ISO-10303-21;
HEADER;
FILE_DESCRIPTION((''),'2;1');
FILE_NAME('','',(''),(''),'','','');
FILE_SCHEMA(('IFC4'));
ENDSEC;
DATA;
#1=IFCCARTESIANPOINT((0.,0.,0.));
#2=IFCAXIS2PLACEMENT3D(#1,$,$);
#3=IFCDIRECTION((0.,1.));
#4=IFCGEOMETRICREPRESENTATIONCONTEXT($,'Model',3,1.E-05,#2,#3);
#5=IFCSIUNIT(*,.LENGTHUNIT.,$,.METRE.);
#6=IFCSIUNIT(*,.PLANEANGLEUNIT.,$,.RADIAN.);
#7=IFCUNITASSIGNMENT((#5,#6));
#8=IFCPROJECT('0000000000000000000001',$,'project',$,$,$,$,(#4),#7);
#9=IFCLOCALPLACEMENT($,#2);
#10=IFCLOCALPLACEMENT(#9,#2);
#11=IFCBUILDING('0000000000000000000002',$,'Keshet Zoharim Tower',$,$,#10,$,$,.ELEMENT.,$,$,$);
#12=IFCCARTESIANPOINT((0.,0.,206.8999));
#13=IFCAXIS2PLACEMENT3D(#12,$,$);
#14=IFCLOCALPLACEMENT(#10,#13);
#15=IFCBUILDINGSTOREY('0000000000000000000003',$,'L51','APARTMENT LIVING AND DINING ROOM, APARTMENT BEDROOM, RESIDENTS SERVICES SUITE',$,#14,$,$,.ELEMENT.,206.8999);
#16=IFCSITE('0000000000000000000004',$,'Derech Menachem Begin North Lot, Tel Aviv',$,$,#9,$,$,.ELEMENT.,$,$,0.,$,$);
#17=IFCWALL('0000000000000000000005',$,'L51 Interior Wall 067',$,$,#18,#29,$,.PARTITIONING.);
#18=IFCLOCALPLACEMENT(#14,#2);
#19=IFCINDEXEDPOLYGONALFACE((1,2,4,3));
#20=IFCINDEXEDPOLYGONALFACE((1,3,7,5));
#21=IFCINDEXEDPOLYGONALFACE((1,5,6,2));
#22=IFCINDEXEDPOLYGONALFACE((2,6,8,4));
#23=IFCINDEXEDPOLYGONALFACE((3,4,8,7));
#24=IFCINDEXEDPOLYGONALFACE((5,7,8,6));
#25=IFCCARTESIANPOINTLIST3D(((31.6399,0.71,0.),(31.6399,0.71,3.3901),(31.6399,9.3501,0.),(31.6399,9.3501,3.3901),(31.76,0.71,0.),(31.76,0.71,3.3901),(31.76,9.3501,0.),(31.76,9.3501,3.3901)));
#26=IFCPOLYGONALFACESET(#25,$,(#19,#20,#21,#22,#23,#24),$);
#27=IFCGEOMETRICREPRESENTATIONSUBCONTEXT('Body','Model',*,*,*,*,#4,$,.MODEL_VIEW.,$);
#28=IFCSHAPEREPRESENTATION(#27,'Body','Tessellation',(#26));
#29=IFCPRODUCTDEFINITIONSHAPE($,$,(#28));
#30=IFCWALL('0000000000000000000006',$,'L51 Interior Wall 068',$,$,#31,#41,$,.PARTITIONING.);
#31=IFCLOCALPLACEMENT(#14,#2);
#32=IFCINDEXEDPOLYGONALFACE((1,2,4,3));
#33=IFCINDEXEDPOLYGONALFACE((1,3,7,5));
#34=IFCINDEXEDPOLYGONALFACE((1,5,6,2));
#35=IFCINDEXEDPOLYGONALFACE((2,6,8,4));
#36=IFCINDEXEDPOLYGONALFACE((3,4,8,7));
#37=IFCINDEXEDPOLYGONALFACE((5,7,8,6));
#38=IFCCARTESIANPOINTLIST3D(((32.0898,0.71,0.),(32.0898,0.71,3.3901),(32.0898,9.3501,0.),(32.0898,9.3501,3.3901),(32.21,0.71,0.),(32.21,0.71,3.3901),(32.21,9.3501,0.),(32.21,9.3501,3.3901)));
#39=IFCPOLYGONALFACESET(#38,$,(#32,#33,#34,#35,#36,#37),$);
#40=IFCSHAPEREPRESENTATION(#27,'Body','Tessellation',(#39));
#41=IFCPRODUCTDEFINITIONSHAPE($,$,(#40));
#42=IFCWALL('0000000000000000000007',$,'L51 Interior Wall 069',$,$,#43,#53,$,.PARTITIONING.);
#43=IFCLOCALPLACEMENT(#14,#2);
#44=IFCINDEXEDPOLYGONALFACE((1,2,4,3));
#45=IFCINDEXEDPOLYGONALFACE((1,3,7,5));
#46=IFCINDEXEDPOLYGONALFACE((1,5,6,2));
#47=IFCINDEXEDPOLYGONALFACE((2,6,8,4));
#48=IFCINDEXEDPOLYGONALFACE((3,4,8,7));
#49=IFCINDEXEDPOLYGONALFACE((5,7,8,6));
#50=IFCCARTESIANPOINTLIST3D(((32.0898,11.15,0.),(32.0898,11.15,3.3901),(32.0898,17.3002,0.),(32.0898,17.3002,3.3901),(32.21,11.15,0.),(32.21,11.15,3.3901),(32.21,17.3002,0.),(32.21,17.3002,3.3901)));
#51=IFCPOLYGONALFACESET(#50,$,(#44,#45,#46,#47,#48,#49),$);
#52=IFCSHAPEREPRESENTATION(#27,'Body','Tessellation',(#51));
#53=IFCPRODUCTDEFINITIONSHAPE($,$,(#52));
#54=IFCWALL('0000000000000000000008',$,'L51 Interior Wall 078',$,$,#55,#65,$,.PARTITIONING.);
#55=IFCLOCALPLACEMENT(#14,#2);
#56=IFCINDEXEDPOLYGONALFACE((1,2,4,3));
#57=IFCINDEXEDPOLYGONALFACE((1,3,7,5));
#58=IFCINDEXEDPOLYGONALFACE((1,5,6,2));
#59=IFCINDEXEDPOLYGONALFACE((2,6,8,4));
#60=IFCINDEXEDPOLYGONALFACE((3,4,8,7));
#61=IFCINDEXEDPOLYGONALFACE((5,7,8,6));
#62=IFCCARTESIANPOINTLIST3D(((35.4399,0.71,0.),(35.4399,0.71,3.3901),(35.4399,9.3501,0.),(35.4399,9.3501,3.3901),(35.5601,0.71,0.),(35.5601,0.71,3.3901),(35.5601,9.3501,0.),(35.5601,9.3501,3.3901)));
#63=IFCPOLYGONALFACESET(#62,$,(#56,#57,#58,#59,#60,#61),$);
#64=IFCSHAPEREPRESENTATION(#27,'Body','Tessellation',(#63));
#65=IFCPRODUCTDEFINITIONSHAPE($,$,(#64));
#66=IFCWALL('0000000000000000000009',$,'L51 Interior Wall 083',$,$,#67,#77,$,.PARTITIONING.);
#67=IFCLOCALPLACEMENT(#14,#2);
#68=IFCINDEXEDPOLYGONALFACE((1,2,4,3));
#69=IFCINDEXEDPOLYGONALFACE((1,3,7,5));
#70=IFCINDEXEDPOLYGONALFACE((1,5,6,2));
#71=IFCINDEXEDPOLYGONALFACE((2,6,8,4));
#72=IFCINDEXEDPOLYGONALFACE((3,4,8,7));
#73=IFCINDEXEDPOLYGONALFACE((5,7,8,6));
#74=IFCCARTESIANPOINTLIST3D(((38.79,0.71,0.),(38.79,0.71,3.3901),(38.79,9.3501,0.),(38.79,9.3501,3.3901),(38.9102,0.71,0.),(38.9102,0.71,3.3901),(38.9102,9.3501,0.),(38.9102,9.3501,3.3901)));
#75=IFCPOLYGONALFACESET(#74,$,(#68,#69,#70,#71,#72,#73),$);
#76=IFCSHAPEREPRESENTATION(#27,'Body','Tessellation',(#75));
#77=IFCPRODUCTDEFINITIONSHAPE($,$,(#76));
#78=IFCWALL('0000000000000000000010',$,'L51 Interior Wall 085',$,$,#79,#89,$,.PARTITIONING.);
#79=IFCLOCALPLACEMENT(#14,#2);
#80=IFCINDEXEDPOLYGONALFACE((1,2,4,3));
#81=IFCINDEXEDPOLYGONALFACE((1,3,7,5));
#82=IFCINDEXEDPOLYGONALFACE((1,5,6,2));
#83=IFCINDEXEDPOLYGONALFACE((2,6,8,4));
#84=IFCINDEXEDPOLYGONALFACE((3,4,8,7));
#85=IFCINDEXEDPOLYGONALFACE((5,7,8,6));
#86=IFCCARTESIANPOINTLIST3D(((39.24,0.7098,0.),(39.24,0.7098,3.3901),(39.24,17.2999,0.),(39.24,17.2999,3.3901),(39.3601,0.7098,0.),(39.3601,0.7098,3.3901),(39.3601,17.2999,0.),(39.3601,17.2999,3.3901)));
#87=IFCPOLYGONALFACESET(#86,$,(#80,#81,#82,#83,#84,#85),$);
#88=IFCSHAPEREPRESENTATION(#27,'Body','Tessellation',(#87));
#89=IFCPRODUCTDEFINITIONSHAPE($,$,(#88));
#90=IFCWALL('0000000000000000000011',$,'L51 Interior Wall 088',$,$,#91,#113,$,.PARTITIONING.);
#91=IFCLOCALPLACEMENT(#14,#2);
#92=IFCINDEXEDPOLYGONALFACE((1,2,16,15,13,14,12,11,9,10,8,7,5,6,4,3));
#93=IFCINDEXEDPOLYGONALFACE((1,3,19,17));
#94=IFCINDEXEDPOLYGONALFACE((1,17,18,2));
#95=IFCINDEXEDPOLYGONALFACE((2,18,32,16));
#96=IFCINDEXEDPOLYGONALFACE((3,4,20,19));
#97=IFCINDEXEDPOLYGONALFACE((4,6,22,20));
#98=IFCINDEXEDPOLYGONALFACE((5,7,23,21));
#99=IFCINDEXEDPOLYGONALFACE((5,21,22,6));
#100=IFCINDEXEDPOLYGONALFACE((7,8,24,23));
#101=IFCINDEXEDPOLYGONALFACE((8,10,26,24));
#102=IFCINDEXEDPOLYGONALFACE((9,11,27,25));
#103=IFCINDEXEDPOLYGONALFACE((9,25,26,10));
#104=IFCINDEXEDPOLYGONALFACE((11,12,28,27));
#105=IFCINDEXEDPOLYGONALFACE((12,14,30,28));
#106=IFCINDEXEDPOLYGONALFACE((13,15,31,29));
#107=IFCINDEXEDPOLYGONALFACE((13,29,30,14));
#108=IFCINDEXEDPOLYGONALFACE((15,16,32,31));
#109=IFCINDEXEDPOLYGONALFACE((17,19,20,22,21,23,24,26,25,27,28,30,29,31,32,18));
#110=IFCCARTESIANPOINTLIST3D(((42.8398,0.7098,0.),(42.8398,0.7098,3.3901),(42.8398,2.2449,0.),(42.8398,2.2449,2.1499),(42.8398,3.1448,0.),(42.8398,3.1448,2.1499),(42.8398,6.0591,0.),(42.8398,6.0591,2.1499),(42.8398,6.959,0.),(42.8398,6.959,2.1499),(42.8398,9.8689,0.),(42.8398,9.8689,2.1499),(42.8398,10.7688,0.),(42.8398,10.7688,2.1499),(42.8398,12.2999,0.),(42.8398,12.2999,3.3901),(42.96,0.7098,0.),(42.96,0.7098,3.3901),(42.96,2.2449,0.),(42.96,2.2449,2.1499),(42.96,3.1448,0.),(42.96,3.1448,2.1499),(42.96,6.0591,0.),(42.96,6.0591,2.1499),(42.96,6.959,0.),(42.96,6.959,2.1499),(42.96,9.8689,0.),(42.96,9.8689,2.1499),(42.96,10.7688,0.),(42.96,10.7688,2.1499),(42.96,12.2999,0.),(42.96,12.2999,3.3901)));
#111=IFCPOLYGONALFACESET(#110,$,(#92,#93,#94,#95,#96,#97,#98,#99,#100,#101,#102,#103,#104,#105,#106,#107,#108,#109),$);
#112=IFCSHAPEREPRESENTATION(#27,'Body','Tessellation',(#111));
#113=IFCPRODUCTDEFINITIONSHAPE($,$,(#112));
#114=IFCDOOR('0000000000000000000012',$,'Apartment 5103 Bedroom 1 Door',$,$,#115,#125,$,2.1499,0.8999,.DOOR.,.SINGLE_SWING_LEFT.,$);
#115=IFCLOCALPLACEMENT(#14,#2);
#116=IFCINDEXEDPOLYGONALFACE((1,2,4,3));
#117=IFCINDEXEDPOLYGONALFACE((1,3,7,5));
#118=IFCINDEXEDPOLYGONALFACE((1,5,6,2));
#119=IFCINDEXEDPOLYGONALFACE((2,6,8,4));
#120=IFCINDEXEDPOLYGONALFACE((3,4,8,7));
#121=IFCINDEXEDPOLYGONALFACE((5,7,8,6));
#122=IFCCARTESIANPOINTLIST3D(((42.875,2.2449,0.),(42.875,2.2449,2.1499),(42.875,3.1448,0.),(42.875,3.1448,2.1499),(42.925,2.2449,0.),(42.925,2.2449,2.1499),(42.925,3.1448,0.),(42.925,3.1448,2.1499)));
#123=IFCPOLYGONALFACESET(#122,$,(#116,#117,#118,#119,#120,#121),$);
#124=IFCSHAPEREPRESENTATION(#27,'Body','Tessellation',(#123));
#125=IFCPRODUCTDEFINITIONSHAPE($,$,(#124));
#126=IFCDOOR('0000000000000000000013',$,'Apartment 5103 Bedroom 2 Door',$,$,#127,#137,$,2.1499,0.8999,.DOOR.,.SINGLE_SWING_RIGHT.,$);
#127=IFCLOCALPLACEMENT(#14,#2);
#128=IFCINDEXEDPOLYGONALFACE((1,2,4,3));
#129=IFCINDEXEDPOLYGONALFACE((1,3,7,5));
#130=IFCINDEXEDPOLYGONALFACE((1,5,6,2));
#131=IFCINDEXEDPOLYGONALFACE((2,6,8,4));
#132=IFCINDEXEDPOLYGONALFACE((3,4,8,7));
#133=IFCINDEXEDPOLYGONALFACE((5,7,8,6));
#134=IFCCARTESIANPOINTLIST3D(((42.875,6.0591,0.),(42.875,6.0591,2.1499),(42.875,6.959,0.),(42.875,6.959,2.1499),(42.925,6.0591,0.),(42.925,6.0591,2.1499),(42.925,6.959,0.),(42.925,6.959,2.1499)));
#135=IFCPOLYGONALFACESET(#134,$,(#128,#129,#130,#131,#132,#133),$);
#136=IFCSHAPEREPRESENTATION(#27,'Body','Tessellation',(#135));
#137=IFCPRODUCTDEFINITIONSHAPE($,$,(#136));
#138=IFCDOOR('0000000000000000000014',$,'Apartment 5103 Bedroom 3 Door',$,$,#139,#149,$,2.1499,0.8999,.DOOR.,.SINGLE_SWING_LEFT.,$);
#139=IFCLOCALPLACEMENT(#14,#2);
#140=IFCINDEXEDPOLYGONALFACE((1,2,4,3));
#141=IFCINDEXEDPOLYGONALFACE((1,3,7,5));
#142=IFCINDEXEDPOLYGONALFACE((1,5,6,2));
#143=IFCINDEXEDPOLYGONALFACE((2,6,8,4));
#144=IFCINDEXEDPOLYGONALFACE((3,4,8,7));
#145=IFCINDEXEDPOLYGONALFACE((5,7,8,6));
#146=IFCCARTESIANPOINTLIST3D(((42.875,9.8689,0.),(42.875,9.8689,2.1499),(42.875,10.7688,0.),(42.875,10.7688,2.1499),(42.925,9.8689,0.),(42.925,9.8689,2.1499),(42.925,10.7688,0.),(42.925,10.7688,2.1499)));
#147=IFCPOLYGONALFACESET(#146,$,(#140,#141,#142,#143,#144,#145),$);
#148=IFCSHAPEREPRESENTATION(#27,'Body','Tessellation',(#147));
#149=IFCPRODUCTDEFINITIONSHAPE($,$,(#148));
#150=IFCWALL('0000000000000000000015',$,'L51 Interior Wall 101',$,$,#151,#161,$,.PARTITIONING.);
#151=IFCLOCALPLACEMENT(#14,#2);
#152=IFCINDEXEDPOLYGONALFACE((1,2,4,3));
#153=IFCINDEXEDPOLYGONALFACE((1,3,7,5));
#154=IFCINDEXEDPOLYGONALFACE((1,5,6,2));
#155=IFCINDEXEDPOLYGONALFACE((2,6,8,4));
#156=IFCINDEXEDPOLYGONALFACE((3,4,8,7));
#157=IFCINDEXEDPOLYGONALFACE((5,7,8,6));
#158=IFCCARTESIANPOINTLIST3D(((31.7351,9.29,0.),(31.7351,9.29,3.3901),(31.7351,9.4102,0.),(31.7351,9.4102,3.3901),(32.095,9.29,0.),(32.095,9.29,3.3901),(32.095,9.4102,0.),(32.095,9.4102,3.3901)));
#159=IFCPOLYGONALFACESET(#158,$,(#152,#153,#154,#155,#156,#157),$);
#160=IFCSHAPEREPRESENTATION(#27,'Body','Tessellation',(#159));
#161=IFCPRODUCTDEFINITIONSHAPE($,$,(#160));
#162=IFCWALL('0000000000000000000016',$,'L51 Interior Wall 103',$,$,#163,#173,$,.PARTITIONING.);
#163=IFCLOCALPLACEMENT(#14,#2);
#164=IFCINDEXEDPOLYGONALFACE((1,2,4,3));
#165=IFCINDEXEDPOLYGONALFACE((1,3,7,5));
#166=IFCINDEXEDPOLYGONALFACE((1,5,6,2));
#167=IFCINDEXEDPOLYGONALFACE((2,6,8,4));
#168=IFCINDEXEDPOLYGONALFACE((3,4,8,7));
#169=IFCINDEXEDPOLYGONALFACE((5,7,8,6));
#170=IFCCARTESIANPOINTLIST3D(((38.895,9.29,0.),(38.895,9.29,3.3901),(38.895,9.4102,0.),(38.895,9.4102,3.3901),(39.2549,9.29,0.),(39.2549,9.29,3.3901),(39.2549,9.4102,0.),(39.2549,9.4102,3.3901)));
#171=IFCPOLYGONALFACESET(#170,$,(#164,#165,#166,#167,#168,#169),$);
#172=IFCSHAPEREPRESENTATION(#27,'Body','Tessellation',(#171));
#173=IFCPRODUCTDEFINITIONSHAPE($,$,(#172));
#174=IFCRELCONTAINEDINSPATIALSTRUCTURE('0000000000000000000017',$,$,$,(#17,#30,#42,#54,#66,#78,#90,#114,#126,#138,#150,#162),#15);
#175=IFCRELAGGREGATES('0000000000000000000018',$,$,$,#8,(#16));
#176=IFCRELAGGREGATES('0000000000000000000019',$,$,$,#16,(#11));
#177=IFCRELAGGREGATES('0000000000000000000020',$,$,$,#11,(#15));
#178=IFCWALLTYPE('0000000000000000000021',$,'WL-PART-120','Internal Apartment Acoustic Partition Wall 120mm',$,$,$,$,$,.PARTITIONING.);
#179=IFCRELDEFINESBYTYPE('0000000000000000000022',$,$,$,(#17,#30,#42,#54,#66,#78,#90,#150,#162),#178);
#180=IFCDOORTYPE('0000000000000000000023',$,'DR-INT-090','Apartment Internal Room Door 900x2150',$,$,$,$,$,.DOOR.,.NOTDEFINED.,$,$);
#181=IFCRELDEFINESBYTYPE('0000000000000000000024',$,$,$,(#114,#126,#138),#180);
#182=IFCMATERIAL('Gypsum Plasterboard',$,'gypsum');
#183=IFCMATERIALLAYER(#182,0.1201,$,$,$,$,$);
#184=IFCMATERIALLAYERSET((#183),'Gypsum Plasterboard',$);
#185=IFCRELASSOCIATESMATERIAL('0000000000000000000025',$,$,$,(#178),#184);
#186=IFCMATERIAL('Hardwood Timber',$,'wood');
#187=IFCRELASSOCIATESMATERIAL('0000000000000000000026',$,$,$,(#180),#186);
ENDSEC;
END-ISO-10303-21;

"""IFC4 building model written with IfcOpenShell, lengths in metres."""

from ifc_helpers import new_model, si_unit, direction, frame, frame_2d, origin, place, context, subcontext, project, spatial, rectangle, extrude, material, layer, layer_set, type_object, element, fill, save


model = new_model("IFC4")

# Units and contexts
model_context = context("Model", 3, precision=1e-05, world=origin(), true_north=direction((0.0, 1.0)))
body_context = subcontext(model_context, "Body", "Model", "MODEL_VIEW")
ifc_project = project(units=[si_unit("LENGTHUNIT", "METRE"), si_unit("PLANEANGLEUNIT", "RADIAN")], contexts=[model_context])

# Site, building, storey
site_placement = place(None, origin())
site = spatial("IfcSite", under=ifc_project, at=site_placement, Name="Derech Menachem Begin North Lot, Tel Aviv", CompositionType="ELEMENT", RefElevation=0.0)
building_placement = place(site_placement, origin())
building = spatial("IfcBuilding", under=site, at=building_placement, Name="Keshet Zoharim Tower", CompositionType="ELEMENT")
storey_placement = place(building_placement, frame((0.0, 0.0, 206.8999)))
storey = spatial("IfcBuildingStorey", under=building, at=storey_placement, Name="L51", Description="APARTMENT LIVING AND DINING ROOM, APARTMENT BEDROOM, RESIDENTS SERVICES SUITE", CompositionType="ELEMENT", Elevation=206.8999)

# Walls
ifc_material_1 = material(Name="Gypsum Plasterboard", Category="gypsum")
ifc_layer_1 = layer(ifc_material_1, 0.1201)
ifc_layer_set_1 = layer_set([ifc_layer_1], Name="Gypsum Plasterboard")
wall_type = type_object("IfcWallType", Name="WL-PART-120", Description="Internal Apartment Acoustic Partition Wall 120mm", PredefinedType="PARTITIONING", material=ifc_layer_set_1)
for number, where, z_axis, x_axis, name in (
    (1, (31.7, 0.71, 0.0), (0.0, 0.0, 1.0), (0.0, 1.0, 0.0), "L51 Interior Wall 067"),
    (2, (32.1499, 0.71, 0.0), (0.0, 0.0, 1.0), (0.0, 1.0, 0.0), "L51 Interior Wall 068"),
):
    element("IfcWall", number, at=place(storey_placement, frame(where, z_axis=z_axis, x_axis=x_axis)), inside=storey, type_object=wall_type, Name=name, PredefinedType="PARTITIONING", context=body_context, shape_type="SweptSolid", body=[
        extrude(rectangle(XDim=8.6401, YDim=0.1201, at=frame_2d((4.3201, 0.0))), origin(), (0.0, 0.0, 1.0), 3.3901),
    ])
wall_1_placement = place(storey_placement, frame((32.1499, 11.1499, 0.0), z_axis=(0.0, 0.0, 1.0), x_axis=(0.0, 1.0, 0.0)))
element("IfcWall", 3, at=wall_1_placement, inside=storey, type_object=wall_type, Name="L51 Interior Wall 069", PredefinedType="PARTITIONING", context=body_context, shape_type="SweptSolid", body=[
    extrude(rectangle(XDim=6.1501, YDim=0.1201, at=frame_2d((3.0752, 0.0))), origin(), (0.0, 0.0, 1.0), 3.3901),
])
for number, where, z_axis, x_axis, name in (
    (4, (35.5, 0.71, 0.0), (0.0, 0.0, 1.0), (0.0, 1.0, 0.0), "L51 Interior Wall 078"),
    (5, (38.8501, 0.71, 0.0), (0.0, 0.0, 1.0), (0.0, 1.0, 0.0), "L51 Interior Wall 083"),
):
    element("IfcWall", number, at=place(storey_placement, frame(where, z_axis=z_axis, x_axis=x_axis)), inside=storey, type_object=wall_type, Name=name, PredefinedType="PARTITIONING", context=body_context, shape_type="SweptSolid", body=[
        extrude(rectangle(XDim=8.6401, YDim=0.1201, at=frame_2d((4.3201, 0.0))), origin(), (0.0, 0.0, 1.0), 3.3901),
    ])
wall_2_placement = place(storey_placement, frame((39.3, 0.71, 0.0), z_axis=(0.0, 0.0, 1.0), x_axis=(0.0, 1.0, 0.0)))
element("IfcWall", 6, at=wall_2_placement, inside=storey, type_object=wall_type, Name="L51 Interior Wall 085", PredefinedType="PARTITIONING", context=body_context, shape_type="SweptSolid", body=[
    extrude(rectangle(XDim=16.5901, YDim=0.1201, at=frame_2d((8.2949, 0.0))), origin(), (0.0, 0.0, 1.0), 3.3901),
])

# Wall, openings, doors
wall_3_placement = place(storey_placement, frame((42.8999, 0.71, 0.0), z_axis=(0.0, 0.0, 1.0), x_axis=(0.0, 1.0, 0.0)))
wall_3 = element("IfcWall", 7, at=wall_3_placement, inside=storey, type_object=wall_type, Name="L51 Interior Wall 088", PredefinedType="PARTITIONING", context=body_context, shape_type="SweptSolid", body=[
    extrude(rectangle(XDim=11.5901, YDim=0.1201, at=frame_2d((5.7949, 0.0))), origin(), (0.0, 0.0, 1.0), 3.3901),
])
opening_1_placement = place(wall_3_placement, frame((1.5349, 0.0, 0.0)))
opening_1 = element("IfcOpeningElement", 8, at=opening_1_placement, cuts=wall_3, PredefinedType="OPENING", context=body_context, shape_type="SweptSolid", body=[
    extrude(rectangle(XDim=0.8999, YDim=2.1499, at=frame_2d((0.45, 1.075))), frame((0.0, 0.0701, 0.0), z_axis=(0.0, -1.0, 0.0), x_axis=(1.0, 0.0, 0.0)), (0.0, 0.0, 1.0), 0.1401),
])
opening_2_placement = place(wall_3_placement, frame((5.3491, 0.0, 0.0)))
opening_2 = element("IfcOpeningElement", 9, at=opening_2_placement, cuts=wall_3, PredefinedType="OPENING", context=body_context, shape_type="SweptSolid", body=[
    extrude(rectangle(XDim=0.8999, YDim=2.1499, at=frame_2d((0.45, 1.075))), frame((0.0, 0.0701, 0.0), z_axis=(0.0, -1.0, 0.0), x_axis=(1.0, 0.0, 0.0)), (0.0, 0.0, 1.0), 0.1401),
])
opening_3_placement = place(wall_3_placement, frame((9.1589, 0.0, 0.0)))
opening_3 = element("IfcOpeningElement", 10, at=opening_3_placement, cuts=wall_3, PredefinedType="OPENING", context=body_context, shape_type="SweptSolid", body=[
    extrude(rectangle(XDim=0.8999, YDim=2.1499, at=frame_2d((0.45, 1.075))), frame((0.0, 0.0701, 0.0), z_axis=(0.0, -1.0, 0.0), x_axis=(1.0, 0.0, 0.0)), (0.0, 0.0, 1.0), 0.1401),
])
ifc_material_2 = material(Name="Hardwood Timber", Category="wood")
door_type = type_object("IfcDoorType", Name="DR-INT-090", Description="Apartment Internal Room Door 900x2150", OperationType="NOTDEFINED", PredefinedType="DOOR", material=ifc_material_2)
door_1_placement = place(opening_1_placement, origin())
door_1 = element("IfcDoor", 11, at=door_1_placement, inside=storey, type_object=door_type, Name="Apartment 5103 Bedroom 1 Door", OperationType="SINGLE_SWING_LEFT", OverallHeight=2.1499, OverallWidth=0.8999, PredefinedType="DOOR", context=body_context, shape_type="SweptSolid", body=[
    extrude(rectangle(XDim=0.8999, YDim=2.1499, at=frame_2d((0.45, 1.075))), frame((0.0, 0.0249, 0.0), z_axis=(0.0, -1.0, 0.0), x_axis=(1.0, 0.0, 0.0)), (0.0, 0.0, 1.0), 0.05),
])
fill(opening_1, door_1)
door_2_placement = place(opening_2_placement, origin())
door_2 = element("IfcDoor", 12, at=door_2_placement, inside=storey, type_object=door_type, Name="Apartment 5103 Bedroom 2 Door", OperationType="SINGLE_SWING_RIGHT", OverallHeight=2.1499, OverallWidth=0.8999, PredefinedType="DOOR", context=body_context, shape_type="SweptSolid", body=[
    extrude(rectangle(XDim=0.8999, YDim=2.1499, at=frame_2d((0.45, 1.075))), frame((0.0, 0.0249, 0.0), z_axis=(0.0, -1.0, 0.0), x_axis=(1.0, 0.0, 0.0)), (0.0, 0.0, 1.0), 0.05),
])
fill(opening_2, door_2)
door_3_placement = place(opening_3_placement, origin())
door_3 = element("IfcDoor", 13, at=door_3_placement, inside=storey, type_object=door_type, Name="Apartment 5103 Bedroom 3 Door", OperationType="SINGLE_SWING_LEFT", OverallHeight=2.1499, OverallWidth=0.8999, PredefinedType="DOOR", context=body_context, shape_type="SweptSolid", body=[
    extrude(rectangle(XDim=0.8999, YDim=2.1499, at=frame_2d((0.45, 1.075))), frame((0.0, 0.0249, 0.0), z_axis=(0.0, -1.0, 0.0), x_axis=(1.0, 0.0, 0.0)), (0.0, 0.0, 1.0), 0.05),
])
fill(opening_3, door_3)

# Wall
wall_4_placement = place(storey_placement, frame((31.7351, 9.3501, 0.0), z_axis=(0.0, 0.0, 1.0), x_axis=(1.0, 0.0, 0.0)))
element("IfcWall", 14, at=wall_4_placement, inside=storey, type_object=wall_type, Name="L51 Interior Wall 101", PredefinedType="PARTITIONING", context=body_context, shape_type="SweptSolid", body=[
    extrude(rectangle(XDim=0.3599, YDim=0.1201, at=frame_2d((0.1799, 0.0))), origin(), (0.0, 0.0, 1.0), 3.3901),
])

# Wall
wall_5_placement = place(storey_placement, frame((38.895, 9.3501, 0.0), z_axis=(0.0, 0.0, 1.0), x_axis=(1.0, 0.0, 0.0)))
element("IfcWall", 15, at=wall_5_placement, inside=storey, type_object=wall_type, Name="L51 Interior Wall 103", PredefinedType="PARTITIONING", context=body_context, shape_type="SweptSolid", body=[
    extrude(rectangle(XDim=0.3599, YDim=0.1201, at=frame_2d((0.1799, 0.0))), origin(), (0.0, 0.0, 1.0), 3.3901),
])

save(model, "model.ifc")
